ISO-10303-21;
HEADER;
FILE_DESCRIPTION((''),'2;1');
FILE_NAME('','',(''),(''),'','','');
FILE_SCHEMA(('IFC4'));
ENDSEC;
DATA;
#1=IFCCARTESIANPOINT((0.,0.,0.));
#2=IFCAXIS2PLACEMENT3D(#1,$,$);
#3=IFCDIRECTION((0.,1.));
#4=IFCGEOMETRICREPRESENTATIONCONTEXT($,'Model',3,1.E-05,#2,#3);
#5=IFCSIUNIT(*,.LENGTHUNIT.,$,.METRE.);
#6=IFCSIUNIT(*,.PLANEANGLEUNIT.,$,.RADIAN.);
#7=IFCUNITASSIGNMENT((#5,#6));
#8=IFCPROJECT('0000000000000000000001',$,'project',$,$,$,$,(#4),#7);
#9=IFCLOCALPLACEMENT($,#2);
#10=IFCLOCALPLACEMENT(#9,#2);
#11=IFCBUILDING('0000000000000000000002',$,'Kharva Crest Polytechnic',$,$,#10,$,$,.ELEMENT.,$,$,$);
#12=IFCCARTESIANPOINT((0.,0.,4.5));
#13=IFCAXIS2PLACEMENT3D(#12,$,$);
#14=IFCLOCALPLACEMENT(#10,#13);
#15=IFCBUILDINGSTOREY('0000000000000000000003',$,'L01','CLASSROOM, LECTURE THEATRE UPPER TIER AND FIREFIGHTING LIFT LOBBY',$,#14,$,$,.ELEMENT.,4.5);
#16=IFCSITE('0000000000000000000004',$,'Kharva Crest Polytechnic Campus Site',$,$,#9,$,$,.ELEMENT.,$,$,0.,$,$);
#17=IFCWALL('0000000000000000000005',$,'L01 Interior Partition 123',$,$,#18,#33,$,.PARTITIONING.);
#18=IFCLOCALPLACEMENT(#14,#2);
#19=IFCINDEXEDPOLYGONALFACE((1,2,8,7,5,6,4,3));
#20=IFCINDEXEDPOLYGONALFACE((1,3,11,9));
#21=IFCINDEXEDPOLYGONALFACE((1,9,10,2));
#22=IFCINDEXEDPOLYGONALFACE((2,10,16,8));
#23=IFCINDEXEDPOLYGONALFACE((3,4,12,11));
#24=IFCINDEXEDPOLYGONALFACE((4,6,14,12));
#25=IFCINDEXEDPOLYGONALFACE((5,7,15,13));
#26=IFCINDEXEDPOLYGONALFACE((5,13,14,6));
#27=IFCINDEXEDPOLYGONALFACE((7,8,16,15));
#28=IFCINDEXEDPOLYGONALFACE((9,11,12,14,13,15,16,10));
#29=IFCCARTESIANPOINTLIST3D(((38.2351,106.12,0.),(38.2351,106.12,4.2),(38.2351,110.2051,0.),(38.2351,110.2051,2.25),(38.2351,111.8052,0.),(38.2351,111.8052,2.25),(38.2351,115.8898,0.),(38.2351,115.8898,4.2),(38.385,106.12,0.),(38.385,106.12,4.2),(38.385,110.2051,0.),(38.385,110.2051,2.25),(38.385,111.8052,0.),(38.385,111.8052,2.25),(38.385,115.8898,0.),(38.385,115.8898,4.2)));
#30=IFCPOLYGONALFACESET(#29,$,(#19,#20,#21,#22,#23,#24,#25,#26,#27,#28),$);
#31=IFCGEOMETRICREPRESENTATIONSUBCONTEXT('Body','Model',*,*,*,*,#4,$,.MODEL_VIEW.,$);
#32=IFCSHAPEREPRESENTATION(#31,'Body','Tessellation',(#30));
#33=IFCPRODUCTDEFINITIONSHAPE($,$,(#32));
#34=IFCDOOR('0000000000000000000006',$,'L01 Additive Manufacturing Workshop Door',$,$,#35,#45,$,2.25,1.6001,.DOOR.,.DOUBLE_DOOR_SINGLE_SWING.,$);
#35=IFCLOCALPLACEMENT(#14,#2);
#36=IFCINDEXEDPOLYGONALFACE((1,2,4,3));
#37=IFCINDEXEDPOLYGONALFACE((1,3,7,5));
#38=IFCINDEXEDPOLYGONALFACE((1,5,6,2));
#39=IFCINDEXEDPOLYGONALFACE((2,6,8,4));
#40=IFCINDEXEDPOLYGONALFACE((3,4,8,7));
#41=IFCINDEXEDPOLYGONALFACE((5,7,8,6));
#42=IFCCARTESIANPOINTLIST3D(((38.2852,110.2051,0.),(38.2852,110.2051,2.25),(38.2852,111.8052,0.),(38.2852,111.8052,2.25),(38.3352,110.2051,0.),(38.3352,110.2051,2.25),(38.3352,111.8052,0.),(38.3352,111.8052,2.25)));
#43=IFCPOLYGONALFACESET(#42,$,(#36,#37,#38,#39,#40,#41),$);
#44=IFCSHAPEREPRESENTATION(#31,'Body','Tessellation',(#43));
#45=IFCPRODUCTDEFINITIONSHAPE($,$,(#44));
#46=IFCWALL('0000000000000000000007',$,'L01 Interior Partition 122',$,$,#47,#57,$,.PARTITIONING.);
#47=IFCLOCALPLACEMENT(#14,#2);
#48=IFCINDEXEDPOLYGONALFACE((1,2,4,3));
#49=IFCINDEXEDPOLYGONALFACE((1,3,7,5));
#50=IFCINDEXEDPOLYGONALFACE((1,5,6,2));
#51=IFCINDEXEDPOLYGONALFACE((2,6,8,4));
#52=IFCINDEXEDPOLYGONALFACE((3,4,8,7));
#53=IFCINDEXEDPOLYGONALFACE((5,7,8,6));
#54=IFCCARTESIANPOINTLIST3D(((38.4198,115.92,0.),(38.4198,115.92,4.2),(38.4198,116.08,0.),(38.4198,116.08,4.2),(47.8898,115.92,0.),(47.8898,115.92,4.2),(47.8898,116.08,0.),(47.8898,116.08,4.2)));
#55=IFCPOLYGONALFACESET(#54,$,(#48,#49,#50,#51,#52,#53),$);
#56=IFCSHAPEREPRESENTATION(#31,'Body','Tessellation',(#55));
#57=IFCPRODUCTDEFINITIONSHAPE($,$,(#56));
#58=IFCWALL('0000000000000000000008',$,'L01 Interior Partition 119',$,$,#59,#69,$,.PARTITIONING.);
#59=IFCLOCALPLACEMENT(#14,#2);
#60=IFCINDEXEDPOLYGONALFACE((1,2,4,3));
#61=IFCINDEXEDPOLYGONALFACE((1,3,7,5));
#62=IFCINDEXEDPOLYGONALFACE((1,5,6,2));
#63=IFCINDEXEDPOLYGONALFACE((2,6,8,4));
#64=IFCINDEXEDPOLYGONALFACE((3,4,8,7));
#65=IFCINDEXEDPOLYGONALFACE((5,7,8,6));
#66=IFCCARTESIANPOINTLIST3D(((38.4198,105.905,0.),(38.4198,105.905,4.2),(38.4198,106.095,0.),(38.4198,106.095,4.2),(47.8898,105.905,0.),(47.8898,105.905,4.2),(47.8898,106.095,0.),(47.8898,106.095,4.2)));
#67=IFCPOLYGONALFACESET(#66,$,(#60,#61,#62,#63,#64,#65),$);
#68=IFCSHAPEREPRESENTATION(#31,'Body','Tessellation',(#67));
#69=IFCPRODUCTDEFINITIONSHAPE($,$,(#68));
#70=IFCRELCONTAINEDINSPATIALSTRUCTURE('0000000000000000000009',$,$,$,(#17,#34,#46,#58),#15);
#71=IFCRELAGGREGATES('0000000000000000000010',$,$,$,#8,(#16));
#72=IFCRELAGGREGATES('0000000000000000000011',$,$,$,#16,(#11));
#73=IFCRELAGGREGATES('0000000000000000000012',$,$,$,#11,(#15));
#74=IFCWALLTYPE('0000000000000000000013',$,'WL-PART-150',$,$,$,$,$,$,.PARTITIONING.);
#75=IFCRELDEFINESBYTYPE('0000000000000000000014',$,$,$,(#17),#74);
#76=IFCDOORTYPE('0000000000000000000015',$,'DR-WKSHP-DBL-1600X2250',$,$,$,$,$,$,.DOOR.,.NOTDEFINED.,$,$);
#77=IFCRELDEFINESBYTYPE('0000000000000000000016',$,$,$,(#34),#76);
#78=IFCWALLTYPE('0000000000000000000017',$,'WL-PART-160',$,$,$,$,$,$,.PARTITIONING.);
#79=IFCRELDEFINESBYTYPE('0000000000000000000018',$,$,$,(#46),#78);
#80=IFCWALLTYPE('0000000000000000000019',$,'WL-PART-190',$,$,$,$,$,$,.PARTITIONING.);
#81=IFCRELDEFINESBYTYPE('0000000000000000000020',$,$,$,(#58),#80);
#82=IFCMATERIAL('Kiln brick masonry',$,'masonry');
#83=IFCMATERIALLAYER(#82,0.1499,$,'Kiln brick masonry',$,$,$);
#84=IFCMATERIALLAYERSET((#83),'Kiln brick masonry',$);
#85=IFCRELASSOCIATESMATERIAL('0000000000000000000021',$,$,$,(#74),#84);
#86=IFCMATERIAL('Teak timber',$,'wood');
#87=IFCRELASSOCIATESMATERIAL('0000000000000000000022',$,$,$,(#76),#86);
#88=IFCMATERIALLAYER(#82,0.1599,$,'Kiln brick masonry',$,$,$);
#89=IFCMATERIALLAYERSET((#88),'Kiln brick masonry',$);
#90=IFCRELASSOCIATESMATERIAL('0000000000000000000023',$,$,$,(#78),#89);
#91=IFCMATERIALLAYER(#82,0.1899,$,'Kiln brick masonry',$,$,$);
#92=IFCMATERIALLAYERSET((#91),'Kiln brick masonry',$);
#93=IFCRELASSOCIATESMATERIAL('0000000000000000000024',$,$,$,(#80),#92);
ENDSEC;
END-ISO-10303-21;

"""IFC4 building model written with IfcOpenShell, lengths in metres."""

from ifc_helpers import new_model, si_unit, direction, frame, frame_2d, origin, place, context, subcontext, project, spatial, rectangle, extrude, material, layer, layer_set, type_object, element, fill, save


model = new_model("IFC4")

# Units and contexts
model_context = context("Model", 3, precision=1e-05, world=origin(), true_north=direction((0.0, 1.0)))
body_context = subcontext(model_context, "Body", "Model", "MODEL_VIEW")
ifc_project = project(units=[si_unit("LENGTHUNIT", "METRE"), si_unit("PLANEANGLEUNIT", "RADIAN")], contexts=[model_context])

# Site, building, storey
site_placement = place(None, origin())
site = spatial("IfcSite", under=ifc_project, at=site_placement, Name="Kharva Crest Polytechnic Campus Site", CompositionType="ELEMENT", RefElevation=0.0)
building_placement = place(site_placement, origin())
building = spatial("IfcBuilding", under=site, at=building_placement, Name="Kharva Crest Polytechnic", CompositionType="ELEMENT")
storey_placement = place(building_placement, frame((0.0, 0.0, 4.5)))
storey = spatial("IfcBuildingStorey", under=building, at=storey_placement, Name="L01", Description="CLASSROOM, LECTURE THEATRE UPPER TIER AND FIREFIGHTING LIFT LOBBY", CompositionType="ELEMENT", Elevation=4.5)

# Shared definitions
ifc_material_1 = material(Name="Kiln brick masonry", Category="masonry")
ifc_material_2 = material(Name="Teak timber", Category="wood")

# Wall, opening, door
ifc_layer_1 = layer(ifc_material_1, 0.1499, Name="Kiln brick masonry")
ifc_layer_set_1 = layer_set([ifc_layer_1], Name="Kiln brick masonry")
wall_type_1 = type_object("IfcWallType", Name="WL-PART-150", PredefinedType="PARTITIONING", material=ifc_layer_set_1)
wall_1_placement = place(storey_placement, frame((38.3101, 106.1201, 0.0), z_axis=(0.0, 0.0, 1.0), x_axis=(0.0, 1.0, 0.0)))
wall_1 = element("IfcWall", 1, at=wall_1_placement, inside=storey, type_object=wall_type_1, Name="L01 Interior Partition 123", PredefinedType="PARTITIONING", context=body_context, shape_type="SweptSolid", body=[
    extrude(rectangle(XDim=9.7698, YDim=0.1499, at=frame_2d((4.8848, 0.0))), origin(), (0.0, 0.0, 1.0), 4.2),
])
opening_1_placement = place(wall_1_placement, frame((4.085, 0.0, 0.0)))
opening_1 = element("IfcOpeningElement", 2, at=opening_1_placement, cuts=wall_1, PredefinedType="OPENING", context=body_context, shape_type="SweptSolid", body=[
    extrude(rectangle(XDim=1.6001, YDim=2.25, at=frame_2d((0.8, 1.125))), frame((0.0, 0.085, 0.0), z_axis=(0.0, -1.0, 0.0), x_axis=(1.0, 0.0, 0.0)), (0.0, 0.0, 1.0), 0.1699),
])
door_type_1 = type_object("IfcDoorType", Name="DR-WKSHP-DBL-1600X2250", OperationType="NOTDEFINED", PredefinedType="DOOR", material=ifc_material_2)
door_1_placement = place(opening_1_placement, origin())
door_1 = element("IfcDoor", 3, at=door_1_placement, inside=storey, type_object=door_type_1, Name="L01 Additive Manufacturing Workshop Door", OperationType="DOUBLE_DOOR_SINGLE_SWING", OverallHeight=2.25, OverallWidth=1.6001, PredefinedType="DOOR", context=body_context, shape_type="SweptSolid", body=[
    extrude(rectangle(XDim=1.6001, YDim=2.25, at=frame_2d((0.8, 1.125))), frame((0.0, 0.0249, 0.0), z_axis=(0.0, -1.0, 0.0), x_axis=(1.0, 0.0, 0.0)), (0.0, 0.0, 1.0), 0.05),
])
fill(opening_1, door_1)

# Walls
ifc_layer_2 = layer(ifc_material_1, 0.1599, Name="Kiln brick masonry")
ifc_layer_set_2 = layer_set([ifc_layer_2], Name="Kiln brick masonry")
wall_type_2 = type_object("IfcWallType", Name="WL-PART-160", PredefinedType="PARTITIONING", material=ifc_layer_set_2)
wall_2_placement = place(storey_placement, frame((38.4199, 116.0, 0.0), z_axis=(0.0, 0.0, 1.0), x_axis=(1.0, 0.0, 0.0)))
element("IfcWall", 4, at=wall_2_placement, inside=storey, type_object=wall_type_2, Name="L01 Interior Partition 122", PredefinedType="PARTITIONING", context=body_context, shape_type="SweptSolid", body=[
    extrude(rectangle(XDim=9.47, YDim=0.1599, at=frame_2d((4.7349, 0.0))), origin(), (0.0, 0.0, 1.0), 4.2),
])
ifc_layer_3 = layer(ifc_material_1, 0.1899, Name="Kiln brick masonry")
ifc_layer_set_3 = layer_set([ifc_layer_3], Name="Kiln brick masonry")
wall_type_3 = type_object("IfcWallType", Name="WL-PART-190", PredefinedType="PARTITIONING", material=ifc_layer_set_3)
wall_3_placement = place(storey_placement, frame((38.4199, 106.0, 0.0), z_axis=(0.0, 0.0, 1.0), x_axis=(1.0, 0.0, 0.0)))
element("IfcWall", 5, at=wall_3_placement, inside=storey, type_object=wall_type_3, Name="L01 Interior Partition 119", PredefinedType="PARTITIONING", context=body_context, shape_type="SweptSolid", body=[
    extrude(rectangle(XDim=9.47, YDim=0.1899, at=frame_2d((4.7349, 0.0))), origin(), (0.0, 0.0, 1.0), 4.2),
])

save(model, "model.ifc")
